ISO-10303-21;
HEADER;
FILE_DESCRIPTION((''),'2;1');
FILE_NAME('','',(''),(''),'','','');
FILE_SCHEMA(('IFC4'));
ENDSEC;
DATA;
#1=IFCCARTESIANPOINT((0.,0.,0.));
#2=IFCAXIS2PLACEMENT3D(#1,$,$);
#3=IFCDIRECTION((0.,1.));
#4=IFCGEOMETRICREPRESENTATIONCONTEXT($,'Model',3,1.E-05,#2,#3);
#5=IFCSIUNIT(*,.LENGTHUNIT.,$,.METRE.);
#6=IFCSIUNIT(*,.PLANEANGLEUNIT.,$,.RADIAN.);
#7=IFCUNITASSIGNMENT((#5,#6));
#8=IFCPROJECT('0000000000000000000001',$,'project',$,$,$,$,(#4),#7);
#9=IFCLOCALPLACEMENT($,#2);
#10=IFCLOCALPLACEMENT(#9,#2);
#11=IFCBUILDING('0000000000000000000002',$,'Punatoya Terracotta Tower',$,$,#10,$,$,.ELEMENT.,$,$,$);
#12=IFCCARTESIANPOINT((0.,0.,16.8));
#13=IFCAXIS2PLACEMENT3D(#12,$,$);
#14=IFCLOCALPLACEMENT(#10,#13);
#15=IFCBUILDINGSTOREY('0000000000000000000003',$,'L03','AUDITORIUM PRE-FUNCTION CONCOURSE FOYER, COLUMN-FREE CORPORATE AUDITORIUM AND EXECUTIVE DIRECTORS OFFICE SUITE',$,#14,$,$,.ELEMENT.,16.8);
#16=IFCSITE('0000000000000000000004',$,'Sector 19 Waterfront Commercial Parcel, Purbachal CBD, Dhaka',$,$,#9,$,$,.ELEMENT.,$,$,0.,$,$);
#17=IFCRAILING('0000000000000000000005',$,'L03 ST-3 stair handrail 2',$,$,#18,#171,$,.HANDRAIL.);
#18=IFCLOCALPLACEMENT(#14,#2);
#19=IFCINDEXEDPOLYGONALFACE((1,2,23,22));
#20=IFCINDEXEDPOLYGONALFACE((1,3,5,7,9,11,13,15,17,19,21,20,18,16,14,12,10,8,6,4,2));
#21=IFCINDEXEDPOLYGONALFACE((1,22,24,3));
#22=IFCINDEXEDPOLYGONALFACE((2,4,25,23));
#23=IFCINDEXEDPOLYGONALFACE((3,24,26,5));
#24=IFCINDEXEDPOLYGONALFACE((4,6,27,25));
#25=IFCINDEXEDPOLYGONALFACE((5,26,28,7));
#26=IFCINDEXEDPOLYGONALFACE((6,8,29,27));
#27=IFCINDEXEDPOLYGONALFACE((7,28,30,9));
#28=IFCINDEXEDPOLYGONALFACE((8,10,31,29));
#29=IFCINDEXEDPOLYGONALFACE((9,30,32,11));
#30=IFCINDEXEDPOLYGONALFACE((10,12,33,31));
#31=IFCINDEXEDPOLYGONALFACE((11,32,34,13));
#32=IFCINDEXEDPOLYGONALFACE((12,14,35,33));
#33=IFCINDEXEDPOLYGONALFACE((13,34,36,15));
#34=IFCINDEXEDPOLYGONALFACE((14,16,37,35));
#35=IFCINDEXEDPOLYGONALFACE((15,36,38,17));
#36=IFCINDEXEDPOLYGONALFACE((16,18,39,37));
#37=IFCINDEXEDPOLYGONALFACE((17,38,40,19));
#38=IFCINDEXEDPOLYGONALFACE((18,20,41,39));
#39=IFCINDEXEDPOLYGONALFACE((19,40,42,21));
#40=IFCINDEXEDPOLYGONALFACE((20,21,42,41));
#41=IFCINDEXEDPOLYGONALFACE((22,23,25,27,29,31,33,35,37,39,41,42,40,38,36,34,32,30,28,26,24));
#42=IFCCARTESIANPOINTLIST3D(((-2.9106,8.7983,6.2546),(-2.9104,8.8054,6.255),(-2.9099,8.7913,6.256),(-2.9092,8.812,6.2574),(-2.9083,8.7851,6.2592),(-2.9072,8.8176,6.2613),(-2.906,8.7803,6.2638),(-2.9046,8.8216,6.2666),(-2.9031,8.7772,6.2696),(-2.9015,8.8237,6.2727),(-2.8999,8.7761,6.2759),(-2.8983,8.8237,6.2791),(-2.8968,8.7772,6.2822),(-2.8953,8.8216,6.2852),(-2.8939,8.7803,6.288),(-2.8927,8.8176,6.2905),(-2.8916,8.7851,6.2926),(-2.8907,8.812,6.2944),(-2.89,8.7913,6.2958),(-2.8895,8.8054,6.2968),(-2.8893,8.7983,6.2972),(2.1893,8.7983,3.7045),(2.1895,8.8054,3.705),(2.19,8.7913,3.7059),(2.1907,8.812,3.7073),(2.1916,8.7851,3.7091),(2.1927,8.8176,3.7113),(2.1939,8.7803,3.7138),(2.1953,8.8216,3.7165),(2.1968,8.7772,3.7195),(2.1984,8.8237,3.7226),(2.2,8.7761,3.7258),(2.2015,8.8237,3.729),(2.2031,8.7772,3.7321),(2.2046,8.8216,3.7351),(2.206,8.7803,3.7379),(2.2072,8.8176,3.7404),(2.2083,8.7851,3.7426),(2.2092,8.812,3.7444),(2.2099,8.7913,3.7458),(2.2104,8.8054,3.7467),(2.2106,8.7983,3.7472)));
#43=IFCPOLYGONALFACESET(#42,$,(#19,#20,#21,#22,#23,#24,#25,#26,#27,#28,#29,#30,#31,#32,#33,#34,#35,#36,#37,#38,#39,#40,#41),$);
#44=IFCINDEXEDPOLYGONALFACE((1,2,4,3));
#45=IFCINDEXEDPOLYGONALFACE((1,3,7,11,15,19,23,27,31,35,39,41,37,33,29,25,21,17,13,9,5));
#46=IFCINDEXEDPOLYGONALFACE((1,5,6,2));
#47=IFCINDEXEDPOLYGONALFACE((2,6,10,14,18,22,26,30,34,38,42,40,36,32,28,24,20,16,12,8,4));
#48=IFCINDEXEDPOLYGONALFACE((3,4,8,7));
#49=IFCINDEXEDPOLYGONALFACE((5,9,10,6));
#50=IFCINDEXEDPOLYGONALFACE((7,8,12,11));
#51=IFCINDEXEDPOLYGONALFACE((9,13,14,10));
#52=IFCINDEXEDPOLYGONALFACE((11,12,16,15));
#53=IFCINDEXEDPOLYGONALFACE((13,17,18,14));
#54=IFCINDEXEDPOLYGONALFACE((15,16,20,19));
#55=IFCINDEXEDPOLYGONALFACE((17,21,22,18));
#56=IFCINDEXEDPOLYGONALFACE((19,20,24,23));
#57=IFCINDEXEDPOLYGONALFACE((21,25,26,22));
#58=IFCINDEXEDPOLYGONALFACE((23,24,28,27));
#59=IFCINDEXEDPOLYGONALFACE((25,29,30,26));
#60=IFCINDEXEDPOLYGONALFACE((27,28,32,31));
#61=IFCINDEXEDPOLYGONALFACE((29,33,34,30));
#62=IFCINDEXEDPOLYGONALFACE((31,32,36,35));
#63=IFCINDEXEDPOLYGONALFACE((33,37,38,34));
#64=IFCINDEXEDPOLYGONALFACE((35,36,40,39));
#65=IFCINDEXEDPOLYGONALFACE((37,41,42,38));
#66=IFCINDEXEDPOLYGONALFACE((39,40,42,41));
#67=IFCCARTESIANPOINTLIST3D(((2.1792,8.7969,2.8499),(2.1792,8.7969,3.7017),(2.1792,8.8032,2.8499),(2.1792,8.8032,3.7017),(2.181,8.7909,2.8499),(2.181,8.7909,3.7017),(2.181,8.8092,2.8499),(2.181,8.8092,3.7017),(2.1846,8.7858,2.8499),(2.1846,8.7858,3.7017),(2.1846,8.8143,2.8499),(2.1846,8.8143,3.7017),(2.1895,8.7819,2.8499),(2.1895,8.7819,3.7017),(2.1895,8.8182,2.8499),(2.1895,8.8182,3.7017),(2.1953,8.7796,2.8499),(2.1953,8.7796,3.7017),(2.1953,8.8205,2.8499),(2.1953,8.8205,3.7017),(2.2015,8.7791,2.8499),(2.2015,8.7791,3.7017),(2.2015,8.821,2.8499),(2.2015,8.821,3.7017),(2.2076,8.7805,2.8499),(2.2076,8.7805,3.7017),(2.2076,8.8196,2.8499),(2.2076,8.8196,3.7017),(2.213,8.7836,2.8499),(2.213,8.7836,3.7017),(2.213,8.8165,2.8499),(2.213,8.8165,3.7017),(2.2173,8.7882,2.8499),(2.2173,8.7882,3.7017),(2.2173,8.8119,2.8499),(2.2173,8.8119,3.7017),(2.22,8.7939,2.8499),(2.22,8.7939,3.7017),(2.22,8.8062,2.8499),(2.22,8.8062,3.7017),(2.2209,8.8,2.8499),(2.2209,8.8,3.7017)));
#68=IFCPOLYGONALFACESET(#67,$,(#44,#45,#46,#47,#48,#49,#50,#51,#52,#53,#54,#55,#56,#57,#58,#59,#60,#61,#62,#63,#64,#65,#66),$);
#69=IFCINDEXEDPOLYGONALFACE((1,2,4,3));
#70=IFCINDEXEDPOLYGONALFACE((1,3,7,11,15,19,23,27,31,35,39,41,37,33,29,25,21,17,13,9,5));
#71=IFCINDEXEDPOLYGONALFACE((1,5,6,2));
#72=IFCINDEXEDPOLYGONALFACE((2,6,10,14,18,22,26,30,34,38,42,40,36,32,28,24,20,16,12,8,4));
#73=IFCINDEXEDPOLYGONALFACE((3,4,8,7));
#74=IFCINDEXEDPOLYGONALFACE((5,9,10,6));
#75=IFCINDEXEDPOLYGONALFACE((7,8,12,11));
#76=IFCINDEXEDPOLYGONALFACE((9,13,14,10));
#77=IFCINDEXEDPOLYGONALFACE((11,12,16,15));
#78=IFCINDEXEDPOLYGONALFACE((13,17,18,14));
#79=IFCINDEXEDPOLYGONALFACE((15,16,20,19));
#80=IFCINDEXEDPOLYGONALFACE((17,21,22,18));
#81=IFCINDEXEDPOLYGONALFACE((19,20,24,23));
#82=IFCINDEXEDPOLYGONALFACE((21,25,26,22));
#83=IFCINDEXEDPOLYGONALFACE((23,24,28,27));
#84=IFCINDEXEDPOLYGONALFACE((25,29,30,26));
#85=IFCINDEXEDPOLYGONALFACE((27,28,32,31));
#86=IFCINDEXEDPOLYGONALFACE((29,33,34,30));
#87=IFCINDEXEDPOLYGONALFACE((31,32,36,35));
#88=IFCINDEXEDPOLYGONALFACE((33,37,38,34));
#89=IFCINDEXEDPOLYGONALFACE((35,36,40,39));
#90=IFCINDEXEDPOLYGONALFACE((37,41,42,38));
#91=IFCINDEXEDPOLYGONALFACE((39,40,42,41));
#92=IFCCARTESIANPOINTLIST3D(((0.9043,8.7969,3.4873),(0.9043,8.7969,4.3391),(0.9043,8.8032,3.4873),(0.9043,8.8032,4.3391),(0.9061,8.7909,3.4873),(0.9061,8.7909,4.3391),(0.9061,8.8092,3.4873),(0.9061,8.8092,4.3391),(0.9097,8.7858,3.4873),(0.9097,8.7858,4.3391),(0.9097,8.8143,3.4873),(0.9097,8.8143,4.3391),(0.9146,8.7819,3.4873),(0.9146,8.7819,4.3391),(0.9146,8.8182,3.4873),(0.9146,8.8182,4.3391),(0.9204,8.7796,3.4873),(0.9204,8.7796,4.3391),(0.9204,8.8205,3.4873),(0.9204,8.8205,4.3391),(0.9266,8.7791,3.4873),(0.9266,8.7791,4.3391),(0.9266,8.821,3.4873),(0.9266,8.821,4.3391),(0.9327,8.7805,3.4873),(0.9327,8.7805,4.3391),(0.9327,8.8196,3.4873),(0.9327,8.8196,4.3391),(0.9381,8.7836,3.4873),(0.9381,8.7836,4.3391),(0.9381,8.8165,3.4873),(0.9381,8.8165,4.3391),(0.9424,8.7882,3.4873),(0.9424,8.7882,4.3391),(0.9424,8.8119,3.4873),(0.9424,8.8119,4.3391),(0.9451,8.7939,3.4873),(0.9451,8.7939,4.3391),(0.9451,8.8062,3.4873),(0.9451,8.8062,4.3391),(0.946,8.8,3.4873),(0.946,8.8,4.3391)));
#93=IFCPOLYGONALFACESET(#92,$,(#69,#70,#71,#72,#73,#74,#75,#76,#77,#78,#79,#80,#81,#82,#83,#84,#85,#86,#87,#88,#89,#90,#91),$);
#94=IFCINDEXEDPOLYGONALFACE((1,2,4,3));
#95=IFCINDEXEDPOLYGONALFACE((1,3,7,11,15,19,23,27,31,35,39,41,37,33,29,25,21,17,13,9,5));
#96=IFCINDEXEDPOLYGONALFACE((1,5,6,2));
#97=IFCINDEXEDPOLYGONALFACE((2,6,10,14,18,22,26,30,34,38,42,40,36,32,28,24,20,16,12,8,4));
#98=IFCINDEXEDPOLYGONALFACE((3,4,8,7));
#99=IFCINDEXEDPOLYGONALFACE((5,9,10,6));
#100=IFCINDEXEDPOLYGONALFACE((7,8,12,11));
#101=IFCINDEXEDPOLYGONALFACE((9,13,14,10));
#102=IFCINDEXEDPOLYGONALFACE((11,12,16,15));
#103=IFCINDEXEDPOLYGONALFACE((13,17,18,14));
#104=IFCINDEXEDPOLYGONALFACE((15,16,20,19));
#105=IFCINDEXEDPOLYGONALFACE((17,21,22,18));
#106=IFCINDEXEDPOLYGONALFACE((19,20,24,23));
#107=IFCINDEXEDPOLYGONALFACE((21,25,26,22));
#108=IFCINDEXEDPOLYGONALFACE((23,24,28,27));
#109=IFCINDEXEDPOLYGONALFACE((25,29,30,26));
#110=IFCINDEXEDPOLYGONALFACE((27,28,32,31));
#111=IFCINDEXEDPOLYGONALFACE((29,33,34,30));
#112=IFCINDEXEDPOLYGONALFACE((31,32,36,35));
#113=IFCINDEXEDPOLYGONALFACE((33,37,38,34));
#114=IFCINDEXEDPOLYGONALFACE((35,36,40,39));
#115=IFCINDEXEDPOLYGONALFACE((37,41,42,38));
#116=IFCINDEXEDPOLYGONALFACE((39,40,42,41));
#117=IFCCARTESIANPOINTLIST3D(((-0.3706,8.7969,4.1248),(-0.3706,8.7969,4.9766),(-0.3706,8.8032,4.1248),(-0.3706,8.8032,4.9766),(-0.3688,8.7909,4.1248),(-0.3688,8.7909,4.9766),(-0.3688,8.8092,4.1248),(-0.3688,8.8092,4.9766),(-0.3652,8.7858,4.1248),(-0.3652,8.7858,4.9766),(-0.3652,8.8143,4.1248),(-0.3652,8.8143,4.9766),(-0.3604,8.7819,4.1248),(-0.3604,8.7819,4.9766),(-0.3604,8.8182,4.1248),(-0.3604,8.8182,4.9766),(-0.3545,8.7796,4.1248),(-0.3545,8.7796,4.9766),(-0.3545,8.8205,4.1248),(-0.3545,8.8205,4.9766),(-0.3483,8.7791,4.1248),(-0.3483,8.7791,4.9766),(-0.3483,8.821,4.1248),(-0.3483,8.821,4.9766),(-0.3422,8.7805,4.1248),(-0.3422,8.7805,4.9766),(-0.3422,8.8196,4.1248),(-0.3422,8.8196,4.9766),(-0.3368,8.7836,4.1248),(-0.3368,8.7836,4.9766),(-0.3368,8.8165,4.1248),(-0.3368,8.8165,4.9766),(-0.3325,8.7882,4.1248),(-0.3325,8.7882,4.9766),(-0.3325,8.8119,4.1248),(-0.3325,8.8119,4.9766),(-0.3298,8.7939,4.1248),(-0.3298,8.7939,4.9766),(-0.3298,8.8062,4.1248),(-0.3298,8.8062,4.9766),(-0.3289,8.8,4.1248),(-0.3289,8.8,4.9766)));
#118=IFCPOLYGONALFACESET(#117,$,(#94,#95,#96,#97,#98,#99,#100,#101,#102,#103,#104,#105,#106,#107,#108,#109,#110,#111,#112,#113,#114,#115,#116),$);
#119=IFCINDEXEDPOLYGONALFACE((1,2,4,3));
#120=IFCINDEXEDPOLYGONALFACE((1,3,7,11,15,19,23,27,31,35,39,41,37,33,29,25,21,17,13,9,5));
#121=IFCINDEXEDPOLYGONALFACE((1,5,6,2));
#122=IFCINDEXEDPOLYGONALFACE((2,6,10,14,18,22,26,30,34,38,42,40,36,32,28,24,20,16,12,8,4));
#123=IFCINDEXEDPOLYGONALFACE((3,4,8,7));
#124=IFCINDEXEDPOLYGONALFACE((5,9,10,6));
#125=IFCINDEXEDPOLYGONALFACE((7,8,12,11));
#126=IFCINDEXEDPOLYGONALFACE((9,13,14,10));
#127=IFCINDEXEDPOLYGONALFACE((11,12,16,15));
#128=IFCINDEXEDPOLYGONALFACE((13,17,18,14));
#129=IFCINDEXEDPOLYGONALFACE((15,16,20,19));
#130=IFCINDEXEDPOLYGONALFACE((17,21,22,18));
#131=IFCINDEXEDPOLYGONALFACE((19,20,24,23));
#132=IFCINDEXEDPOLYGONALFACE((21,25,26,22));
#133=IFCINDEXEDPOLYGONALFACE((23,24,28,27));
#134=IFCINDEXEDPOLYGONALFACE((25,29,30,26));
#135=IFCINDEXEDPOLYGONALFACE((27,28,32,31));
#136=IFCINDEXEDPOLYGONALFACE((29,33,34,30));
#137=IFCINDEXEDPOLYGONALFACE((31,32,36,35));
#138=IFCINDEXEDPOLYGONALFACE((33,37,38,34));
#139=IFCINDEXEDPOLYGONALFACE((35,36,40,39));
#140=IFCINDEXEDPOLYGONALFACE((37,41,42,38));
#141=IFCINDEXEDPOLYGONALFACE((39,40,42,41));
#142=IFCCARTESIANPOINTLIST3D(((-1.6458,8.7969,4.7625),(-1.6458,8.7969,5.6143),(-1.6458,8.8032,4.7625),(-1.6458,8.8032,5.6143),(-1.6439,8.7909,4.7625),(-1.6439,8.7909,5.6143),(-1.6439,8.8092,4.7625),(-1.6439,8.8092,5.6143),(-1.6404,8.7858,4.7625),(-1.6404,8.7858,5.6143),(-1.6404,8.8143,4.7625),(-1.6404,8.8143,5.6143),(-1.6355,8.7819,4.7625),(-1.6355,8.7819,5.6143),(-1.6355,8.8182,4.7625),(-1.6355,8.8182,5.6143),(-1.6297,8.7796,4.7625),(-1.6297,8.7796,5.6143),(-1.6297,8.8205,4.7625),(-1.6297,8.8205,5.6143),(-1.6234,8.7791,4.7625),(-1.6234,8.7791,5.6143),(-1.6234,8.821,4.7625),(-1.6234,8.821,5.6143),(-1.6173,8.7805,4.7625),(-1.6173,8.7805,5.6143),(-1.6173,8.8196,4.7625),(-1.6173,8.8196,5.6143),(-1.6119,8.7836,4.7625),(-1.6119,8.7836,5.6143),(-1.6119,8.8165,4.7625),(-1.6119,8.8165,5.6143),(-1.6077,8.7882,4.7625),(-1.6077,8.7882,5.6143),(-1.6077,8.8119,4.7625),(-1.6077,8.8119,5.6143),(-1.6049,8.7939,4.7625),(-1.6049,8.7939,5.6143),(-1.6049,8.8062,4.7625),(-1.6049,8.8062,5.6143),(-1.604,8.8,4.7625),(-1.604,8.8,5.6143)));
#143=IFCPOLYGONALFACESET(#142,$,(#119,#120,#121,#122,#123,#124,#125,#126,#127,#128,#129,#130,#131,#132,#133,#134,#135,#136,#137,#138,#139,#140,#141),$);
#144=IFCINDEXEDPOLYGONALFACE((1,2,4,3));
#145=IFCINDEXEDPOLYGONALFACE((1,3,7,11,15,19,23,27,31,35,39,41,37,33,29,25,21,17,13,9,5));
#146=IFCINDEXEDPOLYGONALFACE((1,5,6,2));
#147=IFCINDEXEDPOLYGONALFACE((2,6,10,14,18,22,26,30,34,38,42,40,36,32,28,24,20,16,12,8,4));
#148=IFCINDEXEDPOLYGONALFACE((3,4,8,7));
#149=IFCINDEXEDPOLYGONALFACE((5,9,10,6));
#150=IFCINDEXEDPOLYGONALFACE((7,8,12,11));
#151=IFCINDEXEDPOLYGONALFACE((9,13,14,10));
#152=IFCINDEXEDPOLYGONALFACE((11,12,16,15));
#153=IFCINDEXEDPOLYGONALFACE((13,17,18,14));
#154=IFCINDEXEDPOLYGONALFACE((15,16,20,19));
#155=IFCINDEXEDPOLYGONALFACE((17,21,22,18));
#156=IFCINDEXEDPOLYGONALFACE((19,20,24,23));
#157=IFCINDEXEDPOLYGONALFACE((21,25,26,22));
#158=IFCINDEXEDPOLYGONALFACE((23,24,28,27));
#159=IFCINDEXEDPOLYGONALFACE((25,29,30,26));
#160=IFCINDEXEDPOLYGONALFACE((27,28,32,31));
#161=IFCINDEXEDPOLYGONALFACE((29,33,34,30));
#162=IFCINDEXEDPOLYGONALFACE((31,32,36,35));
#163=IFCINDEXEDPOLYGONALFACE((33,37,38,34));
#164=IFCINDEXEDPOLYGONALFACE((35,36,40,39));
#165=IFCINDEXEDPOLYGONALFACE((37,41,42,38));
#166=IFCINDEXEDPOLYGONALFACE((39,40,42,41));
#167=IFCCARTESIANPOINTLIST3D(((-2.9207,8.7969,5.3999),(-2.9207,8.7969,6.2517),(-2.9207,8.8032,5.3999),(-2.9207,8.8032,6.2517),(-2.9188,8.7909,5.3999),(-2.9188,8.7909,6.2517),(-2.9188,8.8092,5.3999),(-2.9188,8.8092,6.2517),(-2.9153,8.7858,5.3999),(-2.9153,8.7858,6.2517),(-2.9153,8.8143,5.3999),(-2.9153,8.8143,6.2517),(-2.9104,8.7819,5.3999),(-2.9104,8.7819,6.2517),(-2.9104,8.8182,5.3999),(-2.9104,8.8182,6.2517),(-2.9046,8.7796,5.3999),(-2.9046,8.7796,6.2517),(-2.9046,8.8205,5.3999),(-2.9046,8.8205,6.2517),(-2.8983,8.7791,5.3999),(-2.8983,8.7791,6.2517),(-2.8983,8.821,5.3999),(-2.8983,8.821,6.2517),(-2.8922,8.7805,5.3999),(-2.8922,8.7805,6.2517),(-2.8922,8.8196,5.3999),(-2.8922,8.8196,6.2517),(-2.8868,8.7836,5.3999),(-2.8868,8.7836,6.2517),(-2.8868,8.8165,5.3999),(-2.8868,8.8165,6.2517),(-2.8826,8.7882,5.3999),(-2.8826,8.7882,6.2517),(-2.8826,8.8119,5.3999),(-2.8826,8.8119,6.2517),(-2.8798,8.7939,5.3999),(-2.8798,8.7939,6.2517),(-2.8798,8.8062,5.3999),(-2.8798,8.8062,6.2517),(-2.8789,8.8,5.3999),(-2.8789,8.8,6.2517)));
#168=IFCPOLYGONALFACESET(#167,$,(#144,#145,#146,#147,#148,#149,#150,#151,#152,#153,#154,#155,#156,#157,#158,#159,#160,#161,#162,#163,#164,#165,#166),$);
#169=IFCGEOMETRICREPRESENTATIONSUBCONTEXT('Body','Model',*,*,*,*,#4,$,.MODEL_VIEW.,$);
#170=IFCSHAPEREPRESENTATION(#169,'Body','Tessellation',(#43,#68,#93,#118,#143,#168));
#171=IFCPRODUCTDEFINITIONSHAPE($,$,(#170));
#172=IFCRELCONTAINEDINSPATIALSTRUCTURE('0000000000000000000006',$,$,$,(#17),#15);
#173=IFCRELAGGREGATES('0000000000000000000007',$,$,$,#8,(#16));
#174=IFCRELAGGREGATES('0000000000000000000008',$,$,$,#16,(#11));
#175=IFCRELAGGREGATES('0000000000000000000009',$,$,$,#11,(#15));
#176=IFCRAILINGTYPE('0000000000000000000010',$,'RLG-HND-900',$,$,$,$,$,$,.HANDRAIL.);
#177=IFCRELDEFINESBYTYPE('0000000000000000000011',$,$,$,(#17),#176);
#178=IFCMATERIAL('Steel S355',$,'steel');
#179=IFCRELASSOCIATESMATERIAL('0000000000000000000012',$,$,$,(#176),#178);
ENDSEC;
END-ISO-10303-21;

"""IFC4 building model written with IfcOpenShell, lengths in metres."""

from ifc_helpers import new_model, si_unit, direction, frame, origin, origin_2d, place, context, subcontext, project, spatial, circle, extrude, material, type_object, element, save


model = new_model("IFC4")

# Units and contexts
model_context = context("Model", 3, precision=1e-05, world=origin(), true_north=direction((0.0, 1.0)))
body_context = subcontext(model_context, "Body", "Model", "MODEL_VIEW")
ifc_project = project(units=[si_unit("LENGTHUNIT", "METRE"), si_unit("PLANEANGLEUNIT", "RADIAN")], contexts=[model_context])

# Site, building, storey
site_placement = place(None, origin())
site = spatial("IfcSite", under=ifc_project, at=site_placement, Name="Sector 19 Waterfront Commercial Parcel, Purbachal CBD, Dhaka", CompositionType="ELEMENT", RefElevation=0.0)
building_placement = place(site_placement, origin())
building = spatial("IfcBuilding", under=site, at=building_placement, Name="Punatoya Terracotta Tower", CompositionType="ELEMENT")
storey_placement = place(building_placement, frame((0.0, 0.0, 16.8)))
storey = spatial("IfcBuildingStorey", under=building, at=storey_placement, Name="L03", Description="AUDITORIUM PRE-FUNCTION CONCOURSE FOYER, COLUMN-FREE CORPORATE AUDITORIUM AND EXECUTIVE DIRECTORS OFFICE SUITE", CompositionType="ELEMENT", Elevation=16.8)

# Shared definitions
ifc_material_1 = material(Name="Steel S355", Category="steel")

# Railing
railing_type_1 = type_object("IfcRailingType", Name="RLG-HND-900", PredefinedType="HANDRAIL", material=ifc_material_1)
railing_1_placement = place(storey_placement, frame((2.2, 8.8, 2.8499)))
element("IfcRailing", 1, at=railing_1_placement, inside=storey, type_object=railing_type_1, Name="L03 ST-3 stair handrail 2", PredefinedType="HANDRAIL", context=body_context, shape_type="SweptSolid", body=[
    extrude(circle(Radius=0.0239, at=origin_2d()), frame((0.0, 0.0, 0.876), z_axis=(-0.894419, 0.0, 0.447231), x_axis=(0.0, -1.0, 0.0)), (0.0, 0.0, 1.0), 5.7019),
    extrude(circle(Radius=0.021, at=origin_2d()), origin(), (0.0, 0.0, 1.0), 0.8518),
    extrude(circle(Radius=0.021, at=origin_2d()), frame((-1.2749, 0.0, 0.6375)), (0.0, 0.0, 1.0), 0.8518),
    extrude(circle(Radius=0.021, at=origin_2d()), frame((-2.5498, 0.0, 1.2749)), (0.0, 0.0, 1.0), 0.8518),
    extrude(circle(Radius=0.021, at=origin_2d()), frame((-3.825, 0.0, 1.9126)), (0.0, 0.0, 1.0), 0.8518),
    extrude(circle(Radius=0.021, at=origin_2d()), frame((-5.0999, 0.0, 2.55)), (0.0, 0.0, 1.0), 0.8518),
])

save(model, "model.ifc")
